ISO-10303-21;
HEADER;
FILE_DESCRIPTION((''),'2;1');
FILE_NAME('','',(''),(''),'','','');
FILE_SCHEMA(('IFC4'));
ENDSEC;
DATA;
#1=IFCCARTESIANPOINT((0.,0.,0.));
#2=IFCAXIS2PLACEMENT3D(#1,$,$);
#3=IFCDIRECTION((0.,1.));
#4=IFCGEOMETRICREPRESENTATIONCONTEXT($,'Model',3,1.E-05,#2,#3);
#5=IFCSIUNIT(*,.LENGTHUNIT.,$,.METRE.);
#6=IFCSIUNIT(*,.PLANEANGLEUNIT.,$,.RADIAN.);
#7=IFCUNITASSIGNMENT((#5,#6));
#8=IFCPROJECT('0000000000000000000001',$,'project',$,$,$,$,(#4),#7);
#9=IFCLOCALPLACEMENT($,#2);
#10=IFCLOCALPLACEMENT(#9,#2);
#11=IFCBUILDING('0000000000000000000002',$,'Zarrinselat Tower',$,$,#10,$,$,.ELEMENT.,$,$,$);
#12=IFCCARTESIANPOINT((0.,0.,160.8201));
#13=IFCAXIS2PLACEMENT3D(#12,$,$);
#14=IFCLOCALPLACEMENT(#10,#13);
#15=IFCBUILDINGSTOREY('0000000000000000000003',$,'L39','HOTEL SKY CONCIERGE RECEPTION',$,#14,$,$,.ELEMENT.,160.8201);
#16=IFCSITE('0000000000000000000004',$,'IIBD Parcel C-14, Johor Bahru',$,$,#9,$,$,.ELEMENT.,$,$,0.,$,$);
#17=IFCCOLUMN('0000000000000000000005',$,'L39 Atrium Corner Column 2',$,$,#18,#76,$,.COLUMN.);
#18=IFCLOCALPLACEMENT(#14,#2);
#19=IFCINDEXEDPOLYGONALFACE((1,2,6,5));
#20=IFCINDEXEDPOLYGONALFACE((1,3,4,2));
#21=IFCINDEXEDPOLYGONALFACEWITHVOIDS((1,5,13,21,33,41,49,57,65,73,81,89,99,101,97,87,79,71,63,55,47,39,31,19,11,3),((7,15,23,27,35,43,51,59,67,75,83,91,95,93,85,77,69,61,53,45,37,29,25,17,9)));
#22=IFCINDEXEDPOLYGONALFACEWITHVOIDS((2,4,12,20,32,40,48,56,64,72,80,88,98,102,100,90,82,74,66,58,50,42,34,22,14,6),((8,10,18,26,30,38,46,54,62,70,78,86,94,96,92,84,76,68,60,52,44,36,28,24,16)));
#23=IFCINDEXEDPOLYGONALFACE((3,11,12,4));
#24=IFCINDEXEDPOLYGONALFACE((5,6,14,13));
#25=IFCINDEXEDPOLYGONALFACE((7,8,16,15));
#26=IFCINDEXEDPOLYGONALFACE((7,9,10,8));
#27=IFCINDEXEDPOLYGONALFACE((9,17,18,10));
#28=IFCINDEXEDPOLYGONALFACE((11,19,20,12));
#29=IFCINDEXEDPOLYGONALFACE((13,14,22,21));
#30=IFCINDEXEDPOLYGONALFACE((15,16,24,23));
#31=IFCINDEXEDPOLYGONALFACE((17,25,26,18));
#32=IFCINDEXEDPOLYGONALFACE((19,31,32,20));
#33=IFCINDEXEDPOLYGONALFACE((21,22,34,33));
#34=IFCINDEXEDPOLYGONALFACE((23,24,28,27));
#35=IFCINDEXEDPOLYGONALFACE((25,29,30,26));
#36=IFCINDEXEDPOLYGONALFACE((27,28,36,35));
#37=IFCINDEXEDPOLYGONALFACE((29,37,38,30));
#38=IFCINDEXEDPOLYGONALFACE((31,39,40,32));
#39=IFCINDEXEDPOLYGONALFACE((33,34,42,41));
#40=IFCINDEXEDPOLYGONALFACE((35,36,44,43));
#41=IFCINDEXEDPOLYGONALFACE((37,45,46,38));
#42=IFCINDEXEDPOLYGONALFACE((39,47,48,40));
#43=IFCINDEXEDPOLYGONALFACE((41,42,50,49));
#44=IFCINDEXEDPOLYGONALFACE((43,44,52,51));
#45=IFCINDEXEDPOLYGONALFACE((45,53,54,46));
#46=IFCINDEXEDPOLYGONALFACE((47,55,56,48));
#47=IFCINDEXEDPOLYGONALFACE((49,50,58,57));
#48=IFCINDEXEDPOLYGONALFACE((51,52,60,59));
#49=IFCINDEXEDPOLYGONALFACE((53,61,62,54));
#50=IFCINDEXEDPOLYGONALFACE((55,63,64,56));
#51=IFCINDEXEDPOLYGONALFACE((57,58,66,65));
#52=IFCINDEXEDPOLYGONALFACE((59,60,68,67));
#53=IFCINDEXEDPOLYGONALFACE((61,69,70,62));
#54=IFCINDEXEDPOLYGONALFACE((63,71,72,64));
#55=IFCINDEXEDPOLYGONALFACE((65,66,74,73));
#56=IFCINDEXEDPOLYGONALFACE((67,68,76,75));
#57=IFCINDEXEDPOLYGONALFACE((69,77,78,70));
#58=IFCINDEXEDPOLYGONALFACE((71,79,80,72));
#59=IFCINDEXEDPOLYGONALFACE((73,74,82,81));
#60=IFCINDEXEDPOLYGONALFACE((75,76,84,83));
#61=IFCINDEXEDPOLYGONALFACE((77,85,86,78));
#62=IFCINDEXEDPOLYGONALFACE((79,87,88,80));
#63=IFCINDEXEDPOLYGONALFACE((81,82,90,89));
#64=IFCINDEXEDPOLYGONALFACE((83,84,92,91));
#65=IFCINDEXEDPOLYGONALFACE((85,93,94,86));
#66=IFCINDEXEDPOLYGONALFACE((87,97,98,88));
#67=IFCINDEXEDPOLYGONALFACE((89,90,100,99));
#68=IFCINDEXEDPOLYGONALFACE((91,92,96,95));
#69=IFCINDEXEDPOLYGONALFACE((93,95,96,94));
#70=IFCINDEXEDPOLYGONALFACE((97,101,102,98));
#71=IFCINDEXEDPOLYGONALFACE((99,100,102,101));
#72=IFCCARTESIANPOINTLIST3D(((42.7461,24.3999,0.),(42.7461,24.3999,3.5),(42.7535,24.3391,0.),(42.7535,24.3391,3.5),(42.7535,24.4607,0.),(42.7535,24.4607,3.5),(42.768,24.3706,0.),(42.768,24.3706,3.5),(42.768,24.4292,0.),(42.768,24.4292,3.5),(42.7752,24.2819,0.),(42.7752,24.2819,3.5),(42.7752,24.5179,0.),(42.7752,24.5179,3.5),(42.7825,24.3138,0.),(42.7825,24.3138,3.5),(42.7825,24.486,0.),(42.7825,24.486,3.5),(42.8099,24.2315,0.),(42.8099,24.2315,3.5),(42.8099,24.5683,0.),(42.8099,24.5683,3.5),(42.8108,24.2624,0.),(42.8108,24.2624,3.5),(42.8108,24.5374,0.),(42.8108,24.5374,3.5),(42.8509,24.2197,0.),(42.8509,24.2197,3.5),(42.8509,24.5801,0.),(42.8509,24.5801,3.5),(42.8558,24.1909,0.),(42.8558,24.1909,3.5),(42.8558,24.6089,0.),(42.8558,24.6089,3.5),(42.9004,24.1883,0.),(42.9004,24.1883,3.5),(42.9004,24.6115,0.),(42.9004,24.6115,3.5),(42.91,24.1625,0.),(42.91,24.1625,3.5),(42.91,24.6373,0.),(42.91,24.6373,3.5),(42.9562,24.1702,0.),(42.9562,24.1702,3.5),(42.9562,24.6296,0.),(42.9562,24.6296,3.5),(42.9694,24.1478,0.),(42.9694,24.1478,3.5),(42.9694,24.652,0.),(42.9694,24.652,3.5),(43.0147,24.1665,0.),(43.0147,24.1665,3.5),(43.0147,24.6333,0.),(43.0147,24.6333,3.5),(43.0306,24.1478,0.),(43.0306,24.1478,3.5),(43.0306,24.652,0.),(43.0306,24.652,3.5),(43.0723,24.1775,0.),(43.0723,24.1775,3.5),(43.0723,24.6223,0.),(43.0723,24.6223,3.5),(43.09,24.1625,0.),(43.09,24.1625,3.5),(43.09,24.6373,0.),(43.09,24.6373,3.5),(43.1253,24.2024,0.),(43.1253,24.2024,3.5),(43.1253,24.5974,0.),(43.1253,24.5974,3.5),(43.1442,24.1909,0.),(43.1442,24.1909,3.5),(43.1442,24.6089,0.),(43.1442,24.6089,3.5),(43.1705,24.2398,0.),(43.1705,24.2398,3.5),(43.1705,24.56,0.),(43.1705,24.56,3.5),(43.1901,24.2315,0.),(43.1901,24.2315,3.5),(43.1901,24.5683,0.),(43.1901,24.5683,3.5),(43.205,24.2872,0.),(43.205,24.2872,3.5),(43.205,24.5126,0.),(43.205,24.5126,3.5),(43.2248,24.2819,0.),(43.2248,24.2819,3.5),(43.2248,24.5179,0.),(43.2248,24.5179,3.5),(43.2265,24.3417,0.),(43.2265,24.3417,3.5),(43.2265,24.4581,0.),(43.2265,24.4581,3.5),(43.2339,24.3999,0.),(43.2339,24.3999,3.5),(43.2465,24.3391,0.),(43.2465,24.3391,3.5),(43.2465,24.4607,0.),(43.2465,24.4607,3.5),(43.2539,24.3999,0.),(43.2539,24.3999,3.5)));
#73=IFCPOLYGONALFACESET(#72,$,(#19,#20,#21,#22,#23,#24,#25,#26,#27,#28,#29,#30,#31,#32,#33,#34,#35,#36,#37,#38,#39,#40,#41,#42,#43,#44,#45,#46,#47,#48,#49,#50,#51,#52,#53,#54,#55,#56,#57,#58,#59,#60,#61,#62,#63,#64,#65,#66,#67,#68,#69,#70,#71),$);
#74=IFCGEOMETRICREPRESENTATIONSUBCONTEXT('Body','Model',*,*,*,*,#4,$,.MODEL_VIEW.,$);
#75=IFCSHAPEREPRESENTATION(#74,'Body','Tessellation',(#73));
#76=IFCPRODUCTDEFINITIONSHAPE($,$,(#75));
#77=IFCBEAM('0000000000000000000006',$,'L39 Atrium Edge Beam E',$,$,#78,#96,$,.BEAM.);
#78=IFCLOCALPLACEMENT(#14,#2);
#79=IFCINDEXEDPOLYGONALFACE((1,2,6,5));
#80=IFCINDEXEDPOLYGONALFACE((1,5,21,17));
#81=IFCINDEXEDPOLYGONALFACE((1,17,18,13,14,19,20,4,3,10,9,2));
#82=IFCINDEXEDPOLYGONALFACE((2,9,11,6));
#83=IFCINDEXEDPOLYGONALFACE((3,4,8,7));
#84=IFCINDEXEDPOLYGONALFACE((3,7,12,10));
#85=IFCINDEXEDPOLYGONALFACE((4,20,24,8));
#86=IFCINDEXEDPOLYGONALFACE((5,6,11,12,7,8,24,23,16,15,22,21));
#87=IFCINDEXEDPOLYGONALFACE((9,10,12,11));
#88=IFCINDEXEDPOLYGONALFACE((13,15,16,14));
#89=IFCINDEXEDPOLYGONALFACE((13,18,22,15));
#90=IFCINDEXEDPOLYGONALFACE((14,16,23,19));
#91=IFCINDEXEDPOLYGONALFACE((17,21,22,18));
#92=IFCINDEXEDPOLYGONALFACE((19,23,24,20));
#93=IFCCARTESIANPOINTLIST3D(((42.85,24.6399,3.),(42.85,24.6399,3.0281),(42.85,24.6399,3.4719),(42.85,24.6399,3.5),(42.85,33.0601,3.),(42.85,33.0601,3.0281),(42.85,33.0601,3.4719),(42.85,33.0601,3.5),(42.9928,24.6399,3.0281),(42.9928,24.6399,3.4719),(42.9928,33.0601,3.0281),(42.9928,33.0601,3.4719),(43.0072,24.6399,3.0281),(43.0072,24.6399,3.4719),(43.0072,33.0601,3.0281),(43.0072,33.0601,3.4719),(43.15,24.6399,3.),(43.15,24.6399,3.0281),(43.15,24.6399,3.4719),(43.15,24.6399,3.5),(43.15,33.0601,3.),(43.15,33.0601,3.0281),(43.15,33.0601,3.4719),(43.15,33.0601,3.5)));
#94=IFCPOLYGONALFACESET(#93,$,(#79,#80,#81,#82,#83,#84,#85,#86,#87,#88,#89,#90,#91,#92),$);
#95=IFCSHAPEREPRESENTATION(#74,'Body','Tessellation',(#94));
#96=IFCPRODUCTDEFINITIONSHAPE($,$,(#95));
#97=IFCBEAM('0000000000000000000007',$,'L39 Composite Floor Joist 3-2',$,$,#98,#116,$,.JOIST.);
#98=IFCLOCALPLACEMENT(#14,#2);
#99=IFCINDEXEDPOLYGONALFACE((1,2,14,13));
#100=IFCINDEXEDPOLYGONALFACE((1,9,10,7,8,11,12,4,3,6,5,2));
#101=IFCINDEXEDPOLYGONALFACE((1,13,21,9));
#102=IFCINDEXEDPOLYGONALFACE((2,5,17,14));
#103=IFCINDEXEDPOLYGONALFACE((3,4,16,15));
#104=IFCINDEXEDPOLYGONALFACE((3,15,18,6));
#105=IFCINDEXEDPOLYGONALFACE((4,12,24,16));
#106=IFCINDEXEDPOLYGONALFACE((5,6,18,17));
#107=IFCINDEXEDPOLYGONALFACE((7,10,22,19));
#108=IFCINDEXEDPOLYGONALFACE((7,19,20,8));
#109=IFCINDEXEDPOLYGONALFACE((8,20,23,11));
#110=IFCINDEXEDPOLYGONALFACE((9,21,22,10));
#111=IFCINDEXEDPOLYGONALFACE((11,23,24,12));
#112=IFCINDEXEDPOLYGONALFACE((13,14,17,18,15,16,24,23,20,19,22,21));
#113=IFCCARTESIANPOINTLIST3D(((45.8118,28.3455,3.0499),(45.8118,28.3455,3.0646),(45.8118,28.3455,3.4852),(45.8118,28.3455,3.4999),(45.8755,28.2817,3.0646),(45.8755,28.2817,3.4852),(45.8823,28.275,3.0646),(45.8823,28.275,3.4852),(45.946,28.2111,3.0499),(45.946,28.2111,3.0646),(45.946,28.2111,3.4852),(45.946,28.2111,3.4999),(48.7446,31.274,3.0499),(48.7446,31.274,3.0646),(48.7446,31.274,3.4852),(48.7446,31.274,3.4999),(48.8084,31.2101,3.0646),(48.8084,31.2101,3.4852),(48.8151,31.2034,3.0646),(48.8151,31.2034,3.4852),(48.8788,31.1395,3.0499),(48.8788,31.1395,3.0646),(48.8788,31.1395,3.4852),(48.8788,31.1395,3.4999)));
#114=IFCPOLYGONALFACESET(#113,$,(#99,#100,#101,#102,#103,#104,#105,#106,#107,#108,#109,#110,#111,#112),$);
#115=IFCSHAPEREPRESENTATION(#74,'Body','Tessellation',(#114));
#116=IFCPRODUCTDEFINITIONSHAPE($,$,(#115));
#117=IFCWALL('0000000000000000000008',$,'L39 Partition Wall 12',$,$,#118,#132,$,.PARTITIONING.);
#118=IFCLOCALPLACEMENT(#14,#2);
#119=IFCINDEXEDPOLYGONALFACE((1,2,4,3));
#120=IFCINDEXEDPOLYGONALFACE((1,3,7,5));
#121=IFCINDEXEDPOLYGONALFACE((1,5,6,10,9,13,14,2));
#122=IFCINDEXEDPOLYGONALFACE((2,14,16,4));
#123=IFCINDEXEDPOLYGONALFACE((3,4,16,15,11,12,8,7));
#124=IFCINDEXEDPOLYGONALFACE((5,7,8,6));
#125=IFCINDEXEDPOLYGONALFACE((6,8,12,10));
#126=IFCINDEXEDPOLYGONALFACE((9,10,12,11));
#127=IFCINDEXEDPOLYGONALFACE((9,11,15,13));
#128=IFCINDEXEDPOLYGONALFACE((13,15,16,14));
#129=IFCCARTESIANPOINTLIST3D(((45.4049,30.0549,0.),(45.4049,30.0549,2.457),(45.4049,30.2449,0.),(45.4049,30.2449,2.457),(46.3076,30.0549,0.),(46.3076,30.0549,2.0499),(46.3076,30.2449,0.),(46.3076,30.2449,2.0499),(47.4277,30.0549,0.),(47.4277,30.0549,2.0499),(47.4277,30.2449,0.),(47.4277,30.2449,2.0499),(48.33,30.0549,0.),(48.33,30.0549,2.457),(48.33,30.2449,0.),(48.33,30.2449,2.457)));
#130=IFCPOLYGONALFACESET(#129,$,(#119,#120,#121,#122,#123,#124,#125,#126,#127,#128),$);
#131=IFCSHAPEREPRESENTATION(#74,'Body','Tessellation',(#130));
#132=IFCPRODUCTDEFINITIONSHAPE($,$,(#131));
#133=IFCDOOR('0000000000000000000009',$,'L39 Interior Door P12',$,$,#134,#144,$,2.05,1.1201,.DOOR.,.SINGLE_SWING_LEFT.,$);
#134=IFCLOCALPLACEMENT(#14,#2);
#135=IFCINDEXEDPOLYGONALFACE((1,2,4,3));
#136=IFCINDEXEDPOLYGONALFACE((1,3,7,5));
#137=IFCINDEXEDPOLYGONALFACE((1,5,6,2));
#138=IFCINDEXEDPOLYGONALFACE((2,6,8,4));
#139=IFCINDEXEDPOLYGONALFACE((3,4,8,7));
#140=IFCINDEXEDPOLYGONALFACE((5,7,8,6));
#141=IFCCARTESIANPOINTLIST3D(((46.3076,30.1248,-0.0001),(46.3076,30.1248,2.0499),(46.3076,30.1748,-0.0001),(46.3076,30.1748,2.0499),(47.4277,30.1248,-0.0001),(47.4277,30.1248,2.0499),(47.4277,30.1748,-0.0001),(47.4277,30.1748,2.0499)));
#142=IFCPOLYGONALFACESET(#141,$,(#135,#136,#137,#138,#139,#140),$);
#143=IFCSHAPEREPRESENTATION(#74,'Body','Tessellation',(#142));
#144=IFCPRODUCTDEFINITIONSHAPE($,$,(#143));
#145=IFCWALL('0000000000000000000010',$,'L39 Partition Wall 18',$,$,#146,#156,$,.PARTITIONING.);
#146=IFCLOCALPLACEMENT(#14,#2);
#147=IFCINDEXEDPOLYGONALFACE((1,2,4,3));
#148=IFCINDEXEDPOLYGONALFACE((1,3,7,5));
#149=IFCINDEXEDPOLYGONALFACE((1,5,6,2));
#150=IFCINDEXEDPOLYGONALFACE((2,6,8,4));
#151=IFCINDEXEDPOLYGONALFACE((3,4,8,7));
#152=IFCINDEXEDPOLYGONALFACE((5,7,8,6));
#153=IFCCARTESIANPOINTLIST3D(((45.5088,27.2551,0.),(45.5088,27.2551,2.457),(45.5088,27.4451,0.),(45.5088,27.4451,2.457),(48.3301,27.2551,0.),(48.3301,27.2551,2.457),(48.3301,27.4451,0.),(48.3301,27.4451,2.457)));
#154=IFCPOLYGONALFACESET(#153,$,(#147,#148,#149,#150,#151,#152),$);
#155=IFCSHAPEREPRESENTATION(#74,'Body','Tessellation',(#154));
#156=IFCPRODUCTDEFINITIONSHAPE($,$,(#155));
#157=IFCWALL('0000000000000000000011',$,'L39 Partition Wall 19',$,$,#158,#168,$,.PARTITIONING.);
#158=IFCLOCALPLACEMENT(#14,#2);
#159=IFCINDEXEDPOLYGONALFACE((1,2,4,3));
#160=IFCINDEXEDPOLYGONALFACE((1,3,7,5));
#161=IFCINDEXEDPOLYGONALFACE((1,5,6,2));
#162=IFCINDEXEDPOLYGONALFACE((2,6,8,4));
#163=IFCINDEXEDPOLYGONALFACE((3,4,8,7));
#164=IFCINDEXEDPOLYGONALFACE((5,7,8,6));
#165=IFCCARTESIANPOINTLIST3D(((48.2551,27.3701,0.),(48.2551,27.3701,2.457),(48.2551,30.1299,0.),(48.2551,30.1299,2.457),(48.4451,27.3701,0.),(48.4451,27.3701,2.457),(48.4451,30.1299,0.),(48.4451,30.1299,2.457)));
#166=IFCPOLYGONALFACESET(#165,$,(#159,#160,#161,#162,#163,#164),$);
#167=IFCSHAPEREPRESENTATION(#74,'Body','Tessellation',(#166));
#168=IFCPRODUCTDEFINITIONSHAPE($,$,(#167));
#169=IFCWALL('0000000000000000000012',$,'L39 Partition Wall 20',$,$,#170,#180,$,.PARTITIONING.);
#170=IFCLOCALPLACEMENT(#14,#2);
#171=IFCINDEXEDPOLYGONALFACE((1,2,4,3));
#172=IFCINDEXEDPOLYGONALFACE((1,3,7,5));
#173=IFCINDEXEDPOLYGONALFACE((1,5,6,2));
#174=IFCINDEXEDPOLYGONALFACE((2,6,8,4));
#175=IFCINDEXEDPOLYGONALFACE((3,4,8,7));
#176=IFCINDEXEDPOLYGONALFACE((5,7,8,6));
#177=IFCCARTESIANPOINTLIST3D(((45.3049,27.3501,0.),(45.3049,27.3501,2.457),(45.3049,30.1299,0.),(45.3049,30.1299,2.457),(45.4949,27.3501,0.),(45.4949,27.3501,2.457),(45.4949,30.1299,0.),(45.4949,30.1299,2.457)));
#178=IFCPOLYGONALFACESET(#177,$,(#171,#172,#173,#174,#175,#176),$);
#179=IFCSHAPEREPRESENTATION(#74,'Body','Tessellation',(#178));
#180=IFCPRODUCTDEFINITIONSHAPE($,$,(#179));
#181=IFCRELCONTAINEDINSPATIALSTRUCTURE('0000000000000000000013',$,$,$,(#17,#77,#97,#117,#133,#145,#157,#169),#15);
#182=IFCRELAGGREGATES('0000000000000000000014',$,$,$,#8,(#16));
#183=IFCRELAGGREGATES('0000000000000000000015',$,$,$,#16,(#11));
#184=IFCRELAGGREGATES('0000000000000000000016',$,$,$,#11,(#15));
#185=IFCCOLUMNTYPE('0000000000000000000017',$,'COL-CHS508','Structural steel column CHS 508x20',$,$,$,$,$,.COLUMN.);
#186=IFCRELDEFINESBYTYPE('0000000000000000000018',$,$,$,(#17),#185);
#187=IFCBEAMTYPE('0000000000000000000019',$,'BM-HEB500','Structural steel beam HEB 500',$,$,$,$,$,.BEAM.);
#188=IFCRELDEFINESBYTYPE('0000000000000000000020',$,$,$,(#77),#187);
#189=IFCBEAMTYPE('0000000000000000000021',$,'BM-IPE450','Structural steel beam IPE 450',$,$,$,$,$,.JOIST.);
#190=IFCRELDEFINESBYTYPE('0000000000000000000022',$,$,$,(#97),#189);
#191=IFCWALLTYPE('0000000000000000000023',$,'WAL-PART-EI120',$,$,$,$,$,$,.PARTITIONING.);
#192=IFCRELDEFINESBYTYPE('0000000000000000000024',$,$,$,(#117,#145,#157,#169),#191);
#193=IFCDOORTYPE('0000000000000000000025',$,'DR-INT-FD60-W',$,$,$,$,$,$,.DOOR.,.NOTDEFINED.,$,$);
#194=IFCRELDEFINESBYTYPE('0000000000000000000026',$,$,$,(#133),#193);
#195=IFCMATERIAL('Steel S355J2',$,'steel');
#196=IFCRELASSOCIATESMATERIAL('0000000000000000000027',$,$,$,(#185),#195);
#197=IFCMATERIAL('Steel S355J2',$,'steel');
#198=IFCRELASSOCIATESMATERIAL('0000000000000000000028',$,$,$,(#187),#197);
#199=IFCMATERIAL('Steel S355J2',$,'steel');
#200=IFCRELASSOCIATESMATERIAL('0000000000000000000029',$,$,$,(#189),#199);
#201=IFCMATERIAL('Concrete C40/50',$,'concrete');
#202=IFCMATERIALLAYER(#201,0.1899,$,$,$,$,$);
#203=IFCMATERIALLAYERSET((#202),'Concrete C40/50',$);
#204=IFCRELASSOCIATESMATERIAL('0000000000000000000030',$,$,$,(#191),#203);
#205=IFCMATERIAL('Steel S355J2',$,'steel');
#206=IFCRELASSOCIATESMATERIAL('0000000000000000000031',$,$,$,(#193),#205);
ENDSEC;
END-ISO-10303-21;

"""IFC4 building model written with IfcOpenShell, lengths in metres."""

from ifc_helpers import new_model, si_unit, direction, frame, frame_2d, origin, origin_2d, place, context, subcontext, project, spatial, rectangle, hollow_circle, i_section, extrude, material, layer, layer_set, material_profile, profile_set, type_object, element, fill, save


model = new_model("IFC4")

# Units and contexts
model_context = context("Model", 3, precision=1e-05, world=origin(), true_north=direction((0.0, 1.0)))
body_context = subcontext(model_context, "Body", "Model", "MODEL_VIEW")
ifc_project = project(units=[si_unit("LENGTHUNIT", "METRE"), si_unit("PLANEANGLEUNIT", "RADIAN")], contexts=[model_context])

# Site, building, storey
site_placement = place(None, origin())
site = spatial("IfcSite", under=ifc_project, at=site_placement, Name="IIBD Parcel C-14, Johor Bahru", CompositionType="ELEMENT", RefElevation=0.0)
building_placement = place(site_placement, origin())
building = spatial("IfcBuilding", under=site, at=building_placement, Name="Zarrinselat Tower", CompositionType="ELEMENT")
storey_placement = place(building_placement, frame((0.0, 0.0, 160.8201)))
storey = spatial("IfcBuildingStorey", under=building, at=storey_placement, Name="L39", Description="HOTEL SKY CONCIERGE RECEPTION", CompositionType="ELEMENT", Elevation=160.8201)

# Column
ifc_material_1 = material(Name="Steel S355J2", Category="steel")
ifc_material_profile_1 = material_profile(ifc_material_1, hollow_circle(Radius=0.2539, WallThickness=0.02, at=origin_2d()), Name="CHS 508x20")
ifc_profile_set_1 = profile_set([ifc_material_profile_1], Name="Steel S355J2")
column_type = type_object("IfcColumnType", Name="COL-CHS508", Description="Structural steel column CHS 508x20", PredefinedType="COLUMN", material=ifc_profile_set_1)
column_placement = place(storey_placement, frame((43.0, 24.3999, 0.0), z_axis=(0.0, 0.0, 1.0), x_axis=(1.0, 0.0, 0.0)))
element("IfcColumn", 1, at=column_placement, inside=storey, type_object=column_type, Name="L39 Atrium Corner Column 2", PredefinedType="COLUMN", context=body_context, shape_type="SweptSolid", body=[
    extrude(hollow_circle(Radius=0.2539, WallThickness=0.02, at=origin_2d()), origin(), (0.0, 0.0, 1.0), 3.5),
])

# Beams
ifc_material_2 = material(Name="Steel S355J2", Category="steel")
ifc_material_profile_2 = material_profile(ifc_material_2, i_section(OverallWidth=0.3, OverallDepth=0.5, WebThickness=0.0144, FlangeThickness=0.0281, at=origin_2d()), Name="HEB 500")
ifc_profile_set_2 = profile_set([ifc_material_profile_2], Name="Steel S355J2")
beam_type_1 = type_object("IfcBeamType", Name="BM-HEB500", Description="Structural steel beam HEB 500", PredefinedType="BEAM", material=ifc_profile_set_2)
beam_1_placement = place(storey_placement, frame((43.0, 24.6399, 3.25), z_axis=(0.0, 1.0, 0.0), x_axis=(-1.0, 0.0, 0.0)))
element("IfcBeam", 2, at=beam_1_placement, inside=storey, type_object=beam_type_1, Name="L39 Atrium Edge Beam E", PredefinedType="BEAM", context=body_context, shape_type="SweptSolid", body=[
    extrude(i_section(OverallWidth=0.3, OverallDepth=0.5, WebThickness=0.0144, FlangeThickness=0.0281, at=origin_2d()), origin(), (0.0, 0.0, 1.0), 8.4202),
])
ifc_material_3 = material(Name="Steel S355J2", Category="steel")
ifc_material_profile_3 = material_profile(ifc_material_3, i_section(OverallWidth=0.1899, OverallDepth=0.45, WebThickness=0.0095, FlangeThickness=0.0146, at=origin_2d()), Name="IPE 450")
ifc_profile_set_3 = profile_set([ifc_material_profile_3], Name="Steel S355J2")
beam_type_2 = type_object("IfcBeamType", Name="BM-IPE450", Description="Structural steel beam IPE 450", PredefinedType="JOIST", material=ifc_profile_set_3)
beam_2_placement = place(storey_placement, frame((45.8789, 28.2783, 3.2749), z_axis=(0.707637, 0.706576, 0.0), x_axis=(-0.706576, 0.707637, 0.0)))
element("IfcBeam", 3, at=beam_2_placement, inside=storey, type_object=beam_type_2, Name="L39 Composite Floor Joist 3-2", PredefinedType="JOIST", context=body_context, shape_type="SweptSolid", body=[
    extrude(i_section(OverallWidth=0.1899, OverallDepth=0.45, WebThickness=0.0095, FlangeThickness=0.0146, at=origin_2d()), origin(), (0.0, 0.0, 1.0), 4.1445),
])

# Wall, opening, door
ifc_material_4 = material(Name="Concrete C40/50", Category="concrete")
ifc_layer_1 = layer(ifc_material_4, 0.1899)
ifc_layer_set_1 = layer_set([ifc_layer_1], Name="Concrete C40/50")
wall_type_1 = type_object("IfcWallType", Name="WAL-PART-EI120", PredefinedType="PARTITIONING", material=ifc_layer_set_1)
wall_1_placement = place(storey_placement, frame((45.405, 30.1499, 0.0), z_axis=(0.0, 0.0, 1.0), x_axis=(1.0, 0.0, 0.0)))
wall_1 = element("IfcWall", 4, at=wall_1_placement, inside=storey, type_object=wall_type_1, Name="L39 Partition Wall 12", PredefinedType="PARTITIONING", context=body_context, shape_type="SweptSolid", body=[
    extrude(rectangle(XDim=2.925, YDim=0.1899, at=frame_2d((1.4624, 0.0))), origin(), (0.0, 0.0, 1.0), 2.457),
])
opening_1_placement = place(wall_1_placement, frame((0.9026, 0.0, 0.0)))
opening_1 = element("IfcOpeningElement", 5, at=opening_1_placement, cuts=wall_1, PredefinedType="OPENING", context=body_context, shape_type="SweptSolid", body=[
    extrude(rectangle(XDim=1.1201, YDim=2.05, at=frame_2d((0.5601, 1.0249))), frame((0.0, 0.105, 0.0), z_axis=(0.0, -1.0, 0.0), x_axis=(1.0, 0.0, 0.0)), (0.0, 0.0, 1.0), 0.21),
])
ifc_material_5 = material(Name="Steel S355J2", Category="steel")
door_type_1 = type_object("IfcDoorType", Name="DR-INT-FD60-W", OperationType="NOTDEFINED", PredefinedType="DOOR", material=ifc_material_5)
door_1_placement = place(opening_1_placement, origin())
door_1 = element("IfcDoor", 6, at=door_1_placement, inside=storey, type_object=door_type_1, Name="L39 Interior Door P12", OperationType="SINGLE_SWING_LEFT", OverallHeight=2.05, OverallWidth=1.1201, PredefinedType="DOOR", context=body_context, shape_type="SweptSolid", body=[
    extrude(rectangle(XDim=1.1201, YDim=2.05, at=frame_2d((0.5601, 1.0249))), frame((0.0, 0.0249, 0.0), z_axis=(0.0, -1.0, 0.0), x_axis=(1.0, 0.0, 0.0)), (0.0, 0.0, 1.0), 0.05),
])
fill(opening_1, door_1)

# Walls
wall_2_placement = place(storey_placement, frame((45.5088, 27.3501, 0.0), z_axis=(0.0, 0.0, 1.0), x_axis=(1.0, 0.0, 0.0)))
element("IfcWall", 7, at=wall_2_placement, inside=storey, type_object=wall_type_1, Name="L39 Partition Wall 18", PredefinedType="PARTITIONING", context=body_context, shape_type="SweptSolid", body=[
    extrude(rectangle(XDim=2.8213, YDim=0.1899, at=frame_2d((1.4106, 0.0))), origin(), (0.0, 0.0, 1.0), 2.457),
])
wall_3_placement = place(storey_placement, frame((48.3501, 27.3701, 0.0), z_axis=(0.0, 0.0, 1.0), x_axis=(0.0, 1.0, 0.0)))
element("IfcWall", 8, at=wall_3_placement, inside=storey, type_object=wall_type_1, Name="L39 Partition Wall 19", PredefinedType="PARTITIONING", context=body_context, shape_type="SweptSolid", body=[
    extrude(rectangle(XDim=2.7598, YDim=0.1899, at=frame_2d((1.3799, 0.0))), origin(), (0.0, 0.0, 1.0), 2.457),
])
wall_4_placement = place(storey_placement, frame((45.3999, 27.3501, 0.0), z_axis=(0.0, 0.0, 1.0), x_axis=(0.0, 1.0, 0.0)))
element("IfcWall", 9, at=wall_4_placement, inside=storey, type_object=wall_type_1, Name="L39 Partition Wall 20", PredefinedType="PARTITIONING", context=body_context, shape_type="SweptSolid", body=[
    extrude(rectangle(XDim=2.7798, YDim=0.1899, at=frame_2d((1.3899, 0.0))), origin(), (0.0, 0.0, 1.0), 2.457),
])

save(model, "model.ifc")
